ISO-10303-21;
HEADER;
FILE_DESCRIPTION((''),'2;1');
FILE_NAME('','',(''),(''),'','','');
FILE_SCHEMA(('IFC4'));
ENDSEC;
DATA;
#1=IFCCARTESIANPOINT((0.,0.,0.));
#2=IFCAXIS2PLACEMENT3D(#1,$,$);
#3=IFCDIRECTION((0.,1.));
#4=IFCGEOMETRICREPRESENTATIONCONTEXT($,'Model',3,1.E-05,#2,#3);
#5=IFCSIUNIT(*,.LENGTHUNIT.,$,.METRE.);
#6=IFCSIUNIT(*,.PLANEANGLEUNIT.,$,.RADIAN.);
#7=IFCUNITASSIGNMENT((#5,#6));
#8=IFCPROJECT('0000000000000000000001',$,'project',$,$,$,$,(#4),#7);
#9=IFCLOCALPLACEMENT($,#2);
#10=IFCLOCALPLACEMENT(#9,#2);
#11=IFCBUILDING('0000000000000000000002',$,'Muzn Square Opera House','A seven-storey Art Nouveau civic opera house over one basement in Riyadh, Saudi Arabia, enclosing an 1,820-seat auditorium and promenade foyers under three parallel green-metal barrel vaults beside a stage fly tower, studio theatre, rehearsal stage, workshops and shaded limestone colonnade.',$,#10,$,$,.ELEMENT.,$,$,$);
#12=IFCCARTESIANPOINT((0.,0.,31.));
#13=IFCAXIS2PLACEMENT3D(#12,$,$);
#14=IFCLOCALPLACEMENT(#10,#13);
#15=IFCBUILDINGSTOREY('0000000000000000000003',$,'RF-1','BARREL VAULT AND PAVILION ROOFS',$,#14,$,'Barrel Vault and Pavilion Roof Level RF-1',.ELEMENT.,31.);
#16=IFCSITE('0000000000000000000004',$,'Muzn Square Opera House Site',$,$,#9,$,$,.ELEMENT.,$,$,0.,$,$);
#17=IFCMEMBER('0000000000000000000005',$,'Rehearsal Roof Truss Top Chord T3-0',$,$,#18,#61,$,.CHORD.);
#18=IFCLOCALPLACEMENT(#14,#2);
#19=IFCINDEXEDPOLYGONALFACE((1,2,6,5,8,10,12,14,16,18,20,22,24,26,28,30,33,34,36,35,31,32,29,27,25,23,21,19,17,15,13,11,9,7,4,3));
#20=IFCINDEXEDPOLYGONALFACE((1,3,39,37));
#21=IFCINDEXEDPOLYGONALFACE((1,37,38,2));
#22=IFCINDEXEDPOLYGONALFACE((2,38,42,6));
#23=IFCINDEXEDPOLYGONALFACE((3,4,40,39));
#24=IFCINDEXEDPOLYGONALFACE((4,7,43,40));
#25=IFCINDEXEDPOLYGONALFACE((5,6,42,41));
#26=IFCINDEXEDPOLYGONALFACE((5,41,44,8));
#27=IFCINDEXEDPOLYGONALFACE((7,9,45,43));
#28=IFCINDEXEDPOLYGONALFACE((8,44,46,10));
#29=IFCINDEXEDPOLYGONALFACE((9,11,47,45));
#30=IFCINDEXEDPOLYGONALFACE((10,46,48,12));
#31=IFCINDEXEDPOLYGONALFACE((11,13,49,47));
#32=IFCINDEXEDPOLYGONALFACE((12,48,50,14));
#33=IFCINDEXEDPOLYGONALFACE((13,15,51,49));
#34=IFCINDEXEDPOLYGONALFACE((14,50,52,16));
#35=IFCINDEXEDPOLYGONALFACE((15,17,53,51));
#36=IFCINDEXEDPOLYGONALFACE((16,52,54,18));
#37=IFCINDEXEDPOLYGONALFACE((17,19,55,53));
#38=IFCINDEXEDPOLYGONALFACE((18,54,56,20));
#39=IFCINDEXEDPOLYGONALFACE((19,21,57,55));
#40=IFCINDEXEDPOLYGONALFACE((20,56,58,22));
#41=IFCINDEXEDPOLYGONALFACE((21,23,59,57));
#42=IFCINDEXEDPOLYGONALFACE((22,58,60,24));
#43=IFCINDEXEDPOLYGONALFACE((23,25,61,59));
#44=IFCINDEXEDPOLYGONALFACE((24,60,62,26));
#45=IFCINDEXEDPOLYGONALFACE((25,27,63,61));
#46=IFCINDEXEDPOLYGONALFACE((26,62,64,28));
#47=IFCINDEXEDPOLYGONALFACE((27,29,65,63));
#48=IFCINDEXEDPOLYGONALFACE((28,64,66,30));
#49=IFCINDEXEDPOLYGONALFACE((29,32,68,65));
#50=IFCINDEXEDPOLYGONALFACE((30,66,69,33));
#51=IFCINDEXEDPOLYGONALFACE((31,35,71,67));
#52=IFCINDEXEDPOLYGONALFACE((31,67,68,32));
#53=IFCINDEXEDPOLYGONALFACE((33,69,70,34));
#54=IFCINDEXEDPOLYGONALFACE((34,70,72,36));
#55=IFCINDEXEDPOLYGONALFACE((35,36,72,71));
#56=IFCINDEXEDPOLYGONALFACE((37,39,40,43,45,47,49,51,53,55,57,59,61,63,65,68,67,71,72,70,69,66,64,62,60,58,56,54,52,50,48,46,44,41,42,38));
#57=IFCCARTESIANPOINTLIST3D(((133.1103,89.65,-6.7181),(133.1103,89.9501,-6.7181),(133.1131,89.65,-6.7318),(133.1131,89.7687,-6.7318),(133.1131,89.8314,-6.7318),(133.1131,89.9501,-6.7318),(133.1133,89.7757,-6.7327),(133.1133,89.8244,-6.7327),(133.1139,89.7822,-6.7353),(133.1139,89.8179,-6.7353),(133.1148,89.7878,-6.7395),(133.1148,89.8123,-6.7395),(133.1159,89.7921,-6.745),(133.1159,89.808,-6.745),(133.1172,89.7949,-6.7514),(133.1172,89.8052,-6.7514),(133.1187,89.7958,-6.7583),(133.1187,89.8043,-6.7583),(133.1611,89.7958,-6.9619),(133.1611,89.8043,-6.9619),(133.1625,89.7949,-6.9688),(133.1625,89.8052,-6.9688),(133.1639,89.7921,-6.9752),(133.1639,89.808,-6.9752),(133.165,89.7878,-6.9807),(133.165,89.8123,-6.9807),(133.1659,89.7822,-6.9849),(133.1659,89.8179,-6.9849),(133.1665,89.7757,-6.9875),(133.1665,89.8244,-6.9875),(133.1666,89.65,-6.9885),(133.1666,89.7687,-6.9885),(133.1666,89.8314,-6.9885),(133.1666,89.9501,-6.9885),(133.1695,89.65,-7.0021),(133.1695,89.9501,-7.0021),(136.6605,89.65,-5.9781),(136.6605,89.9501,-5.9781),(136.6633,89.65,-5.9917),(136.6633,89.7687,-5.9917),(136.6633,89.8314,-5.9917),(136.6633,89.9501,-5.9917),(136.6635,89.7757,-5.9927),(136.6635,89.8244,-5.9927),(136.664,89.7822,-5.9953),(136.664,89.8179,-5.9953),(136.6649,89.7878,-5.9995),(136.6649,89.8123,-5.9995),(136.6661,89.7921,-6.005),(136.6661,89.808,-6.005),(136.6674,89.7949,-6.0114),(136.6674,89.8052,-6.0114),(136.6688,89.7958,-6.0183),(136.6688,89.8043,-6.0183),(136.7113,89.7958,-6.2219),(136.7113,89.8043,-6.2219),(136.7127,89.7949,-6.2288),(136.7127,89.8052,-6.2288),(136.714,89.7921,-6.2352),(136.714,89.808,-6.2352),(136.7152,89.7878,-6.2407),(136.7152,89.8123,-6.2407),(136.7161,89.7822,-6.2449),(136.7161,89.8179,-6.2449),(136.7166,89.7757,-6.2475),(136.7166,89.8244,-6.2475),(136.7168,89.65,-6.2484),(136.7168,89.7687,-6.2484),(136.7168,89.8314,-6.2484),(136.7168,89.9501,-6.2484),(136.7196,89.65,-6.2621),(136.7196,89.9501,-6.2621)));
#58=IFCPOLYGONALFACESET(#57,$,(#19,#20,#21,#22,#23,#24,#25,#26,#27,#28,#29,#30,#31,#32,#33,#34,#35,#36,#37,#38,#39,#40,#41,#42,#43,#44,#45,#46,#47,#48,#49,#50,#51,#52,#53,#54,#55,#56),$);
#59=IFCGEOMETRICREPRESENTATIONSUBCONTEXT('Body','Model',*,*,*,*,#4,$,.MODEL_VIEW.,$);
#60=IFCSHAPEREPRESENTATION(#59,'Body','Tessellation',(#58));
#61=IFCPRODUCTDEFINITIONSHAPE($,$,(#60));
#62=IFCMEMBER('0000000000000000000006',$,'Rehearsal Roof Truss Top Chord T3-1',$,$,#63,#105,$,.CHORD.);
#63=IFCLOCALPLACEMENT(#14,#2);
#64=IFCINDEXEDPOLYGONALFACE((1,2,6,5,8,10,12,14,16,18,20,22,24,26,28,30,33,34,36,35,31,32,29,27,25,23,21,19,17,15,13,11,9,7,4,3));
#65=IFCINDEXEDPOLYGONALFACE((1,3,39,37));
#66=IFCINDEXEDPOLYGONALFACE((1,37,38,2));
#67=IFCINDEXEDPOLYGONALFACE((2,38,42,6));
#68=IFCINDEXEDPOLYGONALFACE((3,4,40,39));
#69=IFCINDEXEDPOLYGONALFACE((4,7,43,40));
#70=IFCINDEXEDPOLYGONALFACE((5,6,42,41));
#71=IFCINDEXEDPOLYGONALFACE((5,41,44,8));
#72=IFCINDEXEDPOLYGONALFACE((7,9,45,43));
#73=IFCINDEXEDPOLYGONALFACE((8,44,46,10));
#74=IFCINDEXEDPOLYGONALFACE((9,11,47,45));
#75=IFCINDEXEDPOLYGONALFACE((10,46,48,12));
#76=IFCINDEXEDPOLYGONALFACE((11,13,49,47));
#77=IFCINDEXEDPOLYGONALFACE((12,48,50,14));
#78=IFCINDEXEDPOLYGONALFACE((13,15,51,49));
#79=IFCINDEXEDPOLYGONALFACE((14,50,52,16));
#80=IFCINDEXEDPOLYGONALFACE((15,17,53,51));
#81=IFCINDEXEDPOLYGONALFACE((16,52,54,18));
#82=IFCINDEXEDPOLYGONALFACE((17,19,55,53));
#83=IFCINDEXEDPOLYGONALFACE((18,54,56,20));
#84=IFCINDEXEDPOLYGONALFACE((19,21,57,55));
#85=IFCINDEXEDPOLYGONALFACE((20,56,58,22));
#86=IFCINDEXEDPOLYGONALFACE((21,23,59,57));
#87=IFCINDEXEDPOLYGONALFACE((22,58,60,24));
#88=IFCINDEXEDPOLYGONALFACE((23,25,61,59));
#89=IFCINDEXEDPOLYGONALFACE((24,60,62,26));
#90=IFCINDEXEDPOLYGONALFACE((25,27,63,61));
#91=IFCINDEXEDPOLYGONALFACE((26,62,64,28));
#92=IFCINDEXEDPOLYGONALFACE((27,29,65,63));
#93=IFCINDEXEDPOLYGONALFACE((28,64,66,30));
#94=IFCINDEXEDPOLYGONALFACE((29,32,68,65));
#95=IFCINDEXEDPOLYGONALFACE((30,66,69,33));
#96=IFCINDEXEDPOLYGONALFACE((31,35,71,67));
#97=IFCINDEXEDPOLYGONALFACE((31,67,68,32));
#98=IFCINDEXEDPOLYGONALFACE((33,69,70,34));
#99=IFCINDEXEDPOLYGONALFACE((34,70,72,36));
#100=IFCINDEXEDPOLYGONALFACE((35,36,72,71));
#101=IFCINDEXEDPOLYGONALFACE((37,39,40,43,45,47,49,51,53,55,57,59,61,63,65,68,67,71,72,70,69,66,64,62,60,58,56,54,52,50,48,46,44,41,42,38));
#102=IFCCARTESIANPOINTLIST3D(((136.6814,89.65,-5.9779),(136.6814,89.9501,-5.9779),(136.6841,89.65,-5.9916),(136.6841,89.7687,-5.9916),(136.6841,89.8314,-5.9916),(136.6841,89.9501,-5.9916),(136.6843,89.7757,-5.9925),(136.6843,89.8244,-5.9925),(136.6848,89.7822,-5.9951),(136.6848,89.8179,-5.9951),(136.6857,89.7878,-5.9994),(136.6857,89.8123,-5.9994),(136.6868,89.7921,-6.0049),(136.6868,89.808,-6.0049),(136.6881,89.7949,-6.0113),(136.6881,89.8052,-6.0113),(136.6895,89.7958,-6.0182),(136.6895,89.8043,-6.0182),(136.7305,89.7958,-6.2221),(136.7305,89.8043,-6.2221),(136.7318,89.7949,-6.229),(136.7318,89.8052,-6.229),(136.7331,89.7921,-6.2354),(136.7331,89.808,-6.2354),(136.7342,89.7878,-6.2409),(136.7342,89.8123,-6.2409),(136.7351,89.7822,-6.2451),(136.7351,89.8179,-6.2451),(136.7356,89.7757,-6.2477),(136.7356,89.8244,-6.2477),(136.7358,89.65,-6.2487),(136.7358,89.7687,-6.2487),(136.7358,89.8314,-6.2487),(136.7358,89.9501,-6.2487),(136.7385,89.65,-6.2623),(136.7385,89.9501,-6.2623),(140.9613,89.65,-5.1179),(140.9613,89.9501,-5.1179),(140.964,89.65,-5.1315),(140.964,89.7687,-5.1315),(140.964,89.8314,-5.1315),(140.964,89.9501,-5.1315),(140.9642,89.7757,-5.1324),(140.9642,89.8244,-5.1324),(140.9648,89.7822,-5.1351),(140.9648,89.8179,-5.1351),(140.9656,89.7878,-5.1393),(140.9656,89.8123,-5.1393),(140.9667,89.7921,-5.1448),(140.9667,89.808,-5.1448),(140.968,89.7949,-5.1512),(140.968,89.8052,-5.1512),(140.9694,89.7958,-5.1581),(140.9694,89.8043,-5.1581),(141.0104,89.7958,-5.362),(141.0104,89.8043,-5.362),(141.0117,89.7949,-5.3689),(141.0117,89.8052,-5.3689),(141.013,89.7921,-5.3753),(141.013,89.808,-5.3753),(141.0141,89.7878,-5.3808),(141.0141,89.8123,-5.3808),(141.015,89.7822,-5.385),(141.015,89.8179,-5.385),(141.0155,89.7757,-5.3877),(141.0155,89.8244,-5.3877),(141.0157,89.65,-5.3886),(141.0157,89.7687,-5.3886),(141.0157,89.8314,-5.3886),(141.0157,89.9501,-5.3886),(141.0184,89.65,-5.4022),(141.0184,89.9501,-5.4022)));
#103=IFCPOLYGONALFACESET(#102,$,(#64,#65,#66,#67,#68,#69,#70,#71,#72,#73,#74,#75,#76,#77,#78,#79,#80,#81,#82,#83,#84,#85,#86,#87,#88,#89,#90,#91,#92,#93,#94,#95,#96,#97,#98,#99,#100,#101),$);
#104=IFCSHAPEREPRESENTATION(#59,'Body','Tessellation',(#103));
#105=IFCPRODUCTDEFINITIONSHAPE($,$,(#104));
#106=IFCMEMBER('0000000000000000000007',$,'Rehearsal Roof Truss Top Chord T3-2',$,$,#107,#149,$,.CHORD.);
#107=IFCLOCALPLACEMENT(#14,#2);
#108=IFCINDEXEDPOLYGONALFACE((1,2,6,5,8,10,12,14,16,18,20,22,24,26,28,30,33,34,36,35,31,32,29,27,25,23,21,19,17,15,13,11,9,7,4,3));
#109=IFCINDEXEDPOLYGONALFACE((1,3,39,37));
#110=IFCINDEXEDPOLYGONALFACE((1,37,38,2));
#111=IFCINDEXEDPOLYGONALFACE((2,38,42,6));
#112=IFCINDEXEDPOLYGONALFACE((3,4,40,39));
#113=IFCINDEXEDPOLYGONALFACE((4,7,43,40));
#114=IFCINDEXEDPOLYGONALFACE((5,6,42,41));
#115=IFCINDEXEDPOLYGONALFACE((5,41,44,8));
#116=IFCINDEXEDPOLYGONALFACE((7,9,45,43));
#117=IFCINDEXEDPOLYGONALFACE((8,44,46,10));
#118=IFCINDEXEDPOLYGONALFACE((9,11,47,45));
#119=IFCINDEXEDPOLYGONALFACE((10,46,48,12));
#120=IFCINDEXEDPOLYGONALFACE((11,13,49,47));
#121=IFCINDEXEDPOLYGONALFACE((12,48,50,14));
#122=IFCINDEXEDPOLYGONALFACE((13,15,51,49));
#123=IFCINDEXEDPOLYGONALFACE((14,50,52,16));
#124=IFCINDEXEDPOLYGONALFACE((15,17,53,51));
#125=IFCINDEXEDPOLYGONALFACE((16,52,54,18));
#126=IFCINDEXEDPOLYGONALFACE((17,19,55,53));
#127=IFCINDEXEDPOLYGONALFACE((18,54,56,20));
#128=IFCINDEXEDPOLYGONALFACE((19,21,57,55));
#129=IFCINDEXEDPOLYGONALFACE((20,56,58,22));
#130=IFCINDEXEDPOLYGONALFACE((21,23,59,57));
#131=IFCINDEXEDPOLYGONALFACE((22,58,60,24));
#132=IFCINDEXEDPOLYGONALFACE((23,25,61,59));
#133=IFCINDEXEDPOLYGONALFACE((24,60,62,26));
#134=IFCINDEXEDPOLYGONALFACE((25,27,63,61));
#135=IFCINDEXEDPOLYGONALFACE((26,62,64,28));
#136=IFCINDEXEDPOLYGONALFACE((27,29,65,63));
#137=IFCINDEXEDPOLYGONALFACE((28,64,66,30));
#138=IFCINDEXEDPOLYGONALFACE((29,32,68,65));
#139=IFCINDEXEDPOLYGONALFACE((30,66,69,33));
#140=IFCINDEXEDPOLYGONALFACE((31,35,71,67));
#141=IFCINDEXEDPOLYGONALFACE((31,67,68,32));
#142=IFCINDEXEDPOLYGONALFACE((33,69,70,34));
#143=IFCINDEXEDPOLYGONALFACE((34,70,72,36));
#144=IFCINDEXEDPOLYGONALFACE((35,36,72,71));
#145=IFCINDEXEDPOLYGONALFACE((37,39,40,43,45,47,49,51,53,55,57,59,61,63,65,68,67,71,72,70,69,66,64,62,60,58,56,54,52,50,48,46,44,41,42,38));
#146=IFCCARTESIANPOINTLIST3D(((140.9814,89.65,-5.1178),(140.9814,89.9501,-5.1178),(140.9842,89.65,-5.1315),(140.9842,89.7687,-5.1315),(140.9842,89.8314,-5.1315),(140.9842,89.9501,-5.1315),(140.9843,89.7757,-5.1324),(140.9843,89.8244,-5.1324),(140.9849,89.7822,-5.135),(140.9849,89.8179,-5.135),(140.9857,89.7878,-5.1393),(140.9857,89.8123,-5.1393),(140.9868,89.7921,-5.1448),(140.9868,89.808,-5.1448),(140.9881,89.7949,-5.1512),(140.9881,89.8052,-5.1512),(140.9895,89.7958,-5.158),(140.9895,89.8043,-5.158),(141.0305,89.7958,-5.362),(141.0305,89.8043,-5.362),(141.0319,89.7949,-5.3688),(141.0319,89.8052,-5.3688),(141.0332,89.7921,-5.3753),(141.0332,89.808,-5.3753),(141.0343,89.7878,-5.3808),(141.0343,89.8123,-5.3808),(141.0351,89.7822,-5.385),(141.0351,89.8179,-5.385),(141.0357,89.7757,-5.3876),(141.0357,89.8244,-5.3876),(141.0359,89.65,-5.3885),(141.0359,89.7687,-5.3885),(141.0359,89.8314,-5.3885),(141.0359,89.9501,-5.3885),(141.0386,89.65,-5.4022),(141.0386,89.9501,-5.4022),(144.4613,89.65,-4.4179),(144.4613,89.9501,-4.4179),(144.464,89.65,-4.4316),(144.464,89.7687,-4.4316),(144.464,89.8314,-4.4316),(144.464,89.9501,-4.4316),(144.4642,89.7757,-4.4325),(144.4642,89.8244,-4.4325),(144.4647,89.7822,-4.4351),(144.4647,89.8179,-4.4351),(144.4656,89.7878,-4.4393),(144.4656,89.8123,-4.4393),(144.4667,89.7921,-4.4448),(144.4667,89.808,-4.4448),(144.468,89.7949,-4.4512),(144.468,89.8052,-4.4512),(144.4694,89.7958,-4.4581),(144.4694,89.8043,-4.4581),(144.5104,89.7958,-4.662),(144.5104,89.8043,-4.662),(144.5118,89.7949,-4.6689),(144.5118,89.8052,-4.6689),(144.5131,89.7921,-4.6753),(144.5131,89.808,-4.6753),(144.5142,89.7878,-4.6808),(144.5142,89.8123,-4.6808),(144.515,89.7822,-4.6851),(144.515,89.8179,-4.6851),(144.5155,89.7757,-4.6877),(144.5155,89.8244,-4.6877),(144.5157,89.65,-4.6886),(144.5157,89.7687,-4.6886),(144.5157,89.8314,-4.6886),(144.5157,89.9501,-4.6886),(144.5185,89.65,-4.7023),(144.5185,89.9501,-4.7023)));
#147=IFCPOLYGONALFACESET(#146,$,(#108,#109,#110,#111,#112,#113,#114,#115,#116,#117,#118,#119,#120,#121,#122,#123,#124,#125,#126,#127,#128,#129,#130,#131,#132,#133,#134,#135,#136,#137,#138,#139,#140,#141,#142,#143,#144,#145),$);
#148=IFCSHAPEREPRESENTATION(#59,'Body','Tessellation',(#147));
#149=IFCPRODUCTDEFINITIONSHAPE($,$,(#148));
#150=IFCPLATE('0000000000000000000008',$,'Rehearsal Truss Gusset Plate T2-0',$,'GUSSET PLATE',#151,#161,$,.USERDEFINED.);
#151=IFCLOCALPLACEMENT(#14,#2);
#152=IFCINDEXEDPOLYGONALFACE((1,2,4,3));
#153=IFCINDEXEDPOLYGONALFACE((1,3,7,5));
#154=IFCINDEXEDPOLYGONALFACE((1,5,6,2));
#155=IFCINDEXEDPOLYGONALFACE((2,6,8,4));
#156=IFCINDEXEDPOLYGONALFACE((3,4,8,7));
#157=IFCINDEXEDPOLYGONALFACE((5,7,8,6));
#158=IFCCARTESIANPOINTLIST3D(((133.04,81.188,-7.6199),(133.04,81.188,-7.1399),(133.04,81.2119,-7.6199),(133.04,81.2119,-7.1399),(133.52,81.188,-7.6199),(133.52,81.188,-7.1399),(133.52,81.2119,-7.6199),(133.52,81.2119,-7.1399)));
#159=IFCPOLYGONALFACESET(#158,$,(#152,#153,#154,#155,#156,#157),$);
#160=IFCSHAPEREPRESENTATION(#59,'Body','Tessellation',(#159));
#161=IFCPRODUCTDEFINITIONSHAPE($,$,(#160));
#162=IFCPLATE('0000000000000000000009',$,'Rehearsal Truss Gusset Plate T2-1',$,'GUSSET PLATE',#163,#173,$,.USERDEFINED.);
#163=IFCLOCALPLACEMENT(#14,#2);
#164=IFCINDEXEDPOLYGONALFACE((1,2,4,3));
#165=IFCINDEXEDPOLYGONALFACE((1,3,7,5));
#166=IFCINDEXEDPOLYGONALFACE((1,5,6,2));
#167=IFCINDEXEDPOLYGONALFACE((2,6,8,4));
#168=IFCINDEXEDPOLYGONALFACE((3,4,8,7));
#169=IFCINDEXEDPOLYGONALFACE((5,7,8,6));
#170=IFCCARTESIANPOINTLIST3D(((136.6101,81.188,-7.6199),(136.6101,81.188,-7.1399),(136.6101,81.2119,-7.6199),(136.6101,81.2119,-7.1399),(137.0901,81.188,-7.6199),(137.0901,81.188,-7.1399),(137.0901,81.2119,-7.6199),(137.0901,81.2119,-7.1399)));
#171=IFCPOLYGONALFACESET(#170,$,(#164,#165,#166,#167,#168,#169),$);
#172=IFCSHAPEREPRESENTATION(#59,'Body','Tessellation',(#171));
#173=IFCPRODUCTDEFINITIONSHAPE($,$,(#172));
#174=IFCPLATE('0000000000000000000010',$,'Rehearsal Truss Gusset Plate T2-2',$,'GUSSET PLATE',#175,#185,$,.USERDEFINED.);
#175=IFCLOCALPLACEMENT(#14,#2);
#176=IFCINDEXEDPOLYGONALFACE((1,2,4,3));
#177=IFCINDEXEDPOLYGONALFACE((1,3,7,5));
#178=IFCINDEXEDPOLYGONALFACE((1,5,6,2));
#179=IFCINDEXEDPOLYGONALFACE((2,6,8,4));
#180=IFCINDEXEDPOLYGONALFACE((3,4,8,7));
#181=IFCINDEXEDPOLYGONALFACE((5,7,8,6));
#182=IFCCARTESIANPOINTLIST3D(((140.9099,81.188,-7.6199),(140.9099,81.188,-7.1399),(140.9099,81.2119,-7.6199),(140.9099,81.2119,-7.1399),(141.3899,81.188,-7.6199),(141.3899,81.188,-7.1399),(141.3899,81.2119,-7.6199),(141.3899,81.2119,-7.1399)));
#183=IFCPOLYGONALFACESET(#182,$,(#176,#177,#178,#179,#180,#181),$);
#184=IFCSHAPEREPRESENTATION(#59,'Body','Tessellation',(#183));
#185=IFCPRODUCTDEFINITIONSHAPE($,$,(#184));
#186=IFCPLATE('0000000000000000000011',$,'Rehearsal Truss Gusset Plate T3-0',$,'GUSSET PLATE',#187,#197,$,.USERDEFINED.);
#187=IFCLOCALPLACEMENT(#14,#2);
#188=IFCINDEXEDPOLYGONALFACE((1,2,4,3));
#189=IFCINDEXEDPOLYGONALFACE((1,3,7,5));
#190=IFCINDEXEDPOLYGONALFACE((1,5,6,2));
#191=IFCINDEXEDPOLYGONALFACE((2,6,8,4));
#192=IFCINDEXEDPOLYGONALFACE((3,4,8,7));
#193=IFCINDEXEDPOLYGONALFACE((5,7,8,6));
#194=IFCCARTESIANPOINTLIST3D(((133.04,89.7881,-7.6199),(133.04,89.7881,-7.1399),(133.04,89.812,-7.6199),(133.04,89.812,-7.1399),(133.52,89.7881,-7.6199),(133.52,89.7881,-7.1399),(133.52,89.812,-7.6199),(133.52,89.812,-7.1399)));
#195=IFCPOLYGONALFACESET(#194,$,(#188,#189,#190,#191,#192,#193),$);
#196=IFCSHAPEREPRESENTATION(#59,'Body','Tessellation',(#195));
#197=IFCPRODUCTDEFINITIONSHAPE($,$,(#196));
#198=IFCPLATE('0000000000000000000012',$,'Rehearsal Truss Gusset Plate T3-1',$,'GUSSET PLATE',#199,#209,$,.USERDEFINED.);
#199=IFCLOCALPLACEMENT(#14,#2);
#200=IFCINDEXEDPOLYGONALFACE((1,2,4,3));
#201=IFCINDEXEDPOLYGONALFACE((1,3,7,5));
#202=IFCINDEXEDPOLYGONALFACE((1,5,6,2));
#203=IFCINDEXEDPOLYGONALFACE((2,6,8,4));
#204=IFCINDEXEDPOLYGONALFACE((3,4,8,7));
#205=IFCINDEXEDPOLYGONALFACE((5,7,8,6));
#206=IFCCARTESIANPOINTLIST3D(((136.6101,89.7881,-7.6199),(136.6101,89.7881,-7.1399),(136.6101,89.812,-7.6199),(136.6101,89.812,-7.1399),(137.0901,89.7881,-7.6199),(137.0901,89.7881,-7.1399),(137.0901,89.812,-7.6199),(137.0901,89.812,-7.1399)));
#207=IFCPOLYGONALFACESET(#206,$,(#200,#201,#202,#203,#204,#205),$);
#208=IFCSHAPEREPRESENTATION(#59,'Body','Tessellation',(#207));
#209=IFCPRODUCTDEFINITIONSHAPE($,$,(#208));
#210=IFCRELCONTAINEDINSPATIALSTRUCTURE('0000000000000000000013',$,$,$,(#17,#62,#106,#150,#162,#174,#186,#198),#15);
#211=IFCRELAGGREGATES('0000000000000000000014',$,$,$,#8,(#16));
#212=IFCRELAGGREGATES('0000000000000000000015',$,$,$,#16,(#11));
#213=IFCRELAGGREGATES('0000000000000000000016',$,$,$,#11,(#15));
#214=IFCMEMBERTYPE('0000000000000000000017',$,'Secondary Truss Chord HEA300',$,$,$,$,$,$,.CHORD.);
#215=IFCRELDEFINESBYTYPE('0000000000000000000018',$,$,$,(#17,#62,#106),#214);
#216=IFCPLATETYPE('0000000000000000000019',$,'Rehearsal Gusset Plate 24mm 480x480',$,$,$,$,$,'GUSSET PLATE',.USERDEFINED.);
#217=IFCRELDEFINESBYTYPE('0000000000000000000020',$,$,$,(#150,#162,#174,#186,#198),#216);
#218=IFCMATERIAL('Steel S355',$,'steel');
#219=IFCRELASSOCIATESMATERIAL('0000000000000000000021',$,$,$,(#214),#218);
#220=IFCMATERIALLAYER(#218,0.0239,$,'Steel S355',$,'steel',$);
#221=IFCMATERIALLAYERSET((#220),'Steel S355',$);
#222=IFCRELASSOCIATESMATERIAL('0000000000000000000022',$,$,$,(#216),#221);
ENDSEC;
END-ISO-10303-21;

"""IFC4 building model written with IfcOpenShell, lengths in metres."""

from ifc_helpers import new_model, si_unit, direction, frame, origin, origin_2d, place, context, subcontext, project, spatial, rectangle, i_section, extrude, material, layer, layer_set, material_profile, profile_set, type_object, element, save


model = new_model("IFC4")

# Units and contexts
model_context = context("Model", 3, precision=1e-05, world=origin(), true_north=direction((0.0, 1.0)))
body_context = subcontext(model_context, "Body", "Model", "MODEL_VIEW")
ifc_project = project(units=[si_unit("LENGTHUNIT", "METRE"), si_unit("PLANEANGLEUNIT", "RADIAN")], contexts=[model_context])

# Site, building, storey
site_placement = place(None, origin())
site = spatial("IfcSite", under=ifc_project, at=site_placement, Name="Muzn Square Opera House Site", CompositionType="ELEMENT", RefElevation=0.0)
building_placement = place(site_placement, origin())
building = spatial("IfcBuilding", under=site, at=building_placement, Name="Muzn Square Opera House", Description="A seven-storey Art Nouveau civic opera house over one basement in Riyadh, Saudi Arabia, enclosing an 1,820-seat auditorium and promenade foyers under three parallel green-metal barrel vaults beside a stage fly tower, studio theatre, rehearsal stage, workshops and shaded limestone colonnade.", CompositionType="ELEMENT")
storey_placement = place(building_placement, frame((0.0, 0.0, 31.0)))
storey = spatial("IfcBuildingStorey", under=building, at=storey_placement, Name="RF-1", Description="BARREL VAULT AND PAVILION ROOFS", LongName="Barrel Vault and Pavilion Roof Level RF-1", CompositionType="ELEMENT", Elevation=31.0)

# Shared definitions
ifc_material = material(Name="Steel S355", Category="steel")

# Members
ifc_material_profile_1 = material_profile(ifc_material, i_section(OverallWidth=0.3, OverallDepth=0.29, WebThickness=0.0085, FlangeThickness=0.0139, FilletRadius=0.0271, at=origin_2d()), Name="HEA 300", Category="steel")
ifc_profile_set_1 = profile_set([ifc_material_profile_1], Name="Steel S355")
member_type_1 = type_object("IfcMemberType", Name="Secondary Truss Chord HEA300", PredefinedType="CHORD", material=ifc_profile_set_1)
member_1_placement = place(storey_placement, frame((133.1399, 89.8, -6.8601), z_axis=(0.978959, 0.0, 0.204059), x_axis=(0.0, 1.0, 0.0)))
element("IfcMember", 1, at=member_1_placement, inside=storey, type_object=member_type_1, Name="Rehearsal Roof Truss Top Chord T3-0", PredefinedType="CHORD", context=body_context, shape_type="SweptSolid", body=[
    extrude(i_section(OverallWidth=0.3, OverallDepth=0.29, WebThickness=0.0085, FlangeThickness=0.0139, FilletRadius=0.0271, at=origin_2d()), origin(), (0.0, 0.0, 1.0), 3.6265),
])
member_2_placement = place(storey_placement, frame((136.71, 89.8, -6.1201), z_axis=(0.9804, 0.0, 0.197019), x_axis=(0.0, 1.0, 0.0)))
element("IfcMember", 2, at=member_2_placement, inside=storey, type_object=member_type_1, Name="Rehearsal Roof Truss Top Chord T3-1", PredefinedType="CHORD", context=body_context, shape_type="SweptSolid", body=[
    extrude(i_section(OverallWidth=0.3, OverallDepth=0.29, WebThickness=0.0085, FlangeThickness=0.0139, FilletRadius=0.0271, at=origin_2d()), origin(), (0.0, 0.0, 1.0), 4.3655),
])
member_3_placement = place(storey_placement, frame((141.01, 89.8, -5.26), z_axis=(0.980366, 0.0, 0.197187), x_axis=(0.0, 1.0, 0.0)))
element("IfcMember", 3, at=member_3_placement, inside=storey, type_object=member_type_1, Name="Rehearsal Roof Truss Top Chord T3-2", PredefinedType="CHORD", context=body_context, shape_type="SweptSolid", body=[
    extrude(i_section(OverallWidth=0.3, OverallDepth=0.29, WebThickness=0.0085, FlangeThickness=0.0139, FilletRadius=0.0271, at=origin_2d()), origin(), (0.0, 0.0, 1.0), 3.5496),
])

# Plates
ifc_layer = layer(ifc_material, 0.0239, Name="Steel S355", Category="steel")
ifc_layer_set = layer_set([ifc_layer], Name="Steel S355")
plate_type = type_object("IfcPlateType", Name="Rehearsal Gusset Plate 24mm 480x480", ElementType="GUSSET PLATE", PredefinedType="USERDEFINED", material=ifc_layer_set)
for number, where, z_axis, x_axis, name in (
    (4, (133.28, 81.2, -7.6199), (0.0, 0.0, 1.0), (1.0, 0.0, 0.0), "Rehearsal Truss Gusset Plate T2-0"),
    (5, (136.8501, 81.2, -7.6199), (0.0, 0.0, 1.0), (1.0, 0.0, 0.0), "Rehearsal Truss Gusset Plate T2-1"),
    (6, (141.1499, 81.2, -7.6199), (0.0, 0.0, 1.0), (1.0, 0.0, 0.0), "Rehearsal Truss Gusset Plate T2-2"),
    (7, (133.28, 89.8, -7.6199), (0.0, 0.0, 1.0), (1.0, 0.0, 0.0), "Rehearsal Truss Gusset Plate T3-0"),
    (8, (136.8501, 89.8, -7.6199), (0.0, 0.0, 1.0), (1.0, 0.0, 0.0), "Rehearsal Truss Gusset Plate T3-1"),
):
    element("IfcPlate", number, at=place(storey_placement, frame(where, z_axis=z_axis, x_axis=x_axis)), inside=storey, type_object=plate_type, Name=name, ObjectType="GUSSET PLATE", PredefinedType="USERDEFINED", context=body_context, shape_type="SweptSolid", body=[
        extrude(rectangle(XDim=0.48, YDim=0.0239, at=origin_2d()), origin(), (0.0, 0.0, 1.0), 0.48),
    ])

save(model, "model.ifc")
